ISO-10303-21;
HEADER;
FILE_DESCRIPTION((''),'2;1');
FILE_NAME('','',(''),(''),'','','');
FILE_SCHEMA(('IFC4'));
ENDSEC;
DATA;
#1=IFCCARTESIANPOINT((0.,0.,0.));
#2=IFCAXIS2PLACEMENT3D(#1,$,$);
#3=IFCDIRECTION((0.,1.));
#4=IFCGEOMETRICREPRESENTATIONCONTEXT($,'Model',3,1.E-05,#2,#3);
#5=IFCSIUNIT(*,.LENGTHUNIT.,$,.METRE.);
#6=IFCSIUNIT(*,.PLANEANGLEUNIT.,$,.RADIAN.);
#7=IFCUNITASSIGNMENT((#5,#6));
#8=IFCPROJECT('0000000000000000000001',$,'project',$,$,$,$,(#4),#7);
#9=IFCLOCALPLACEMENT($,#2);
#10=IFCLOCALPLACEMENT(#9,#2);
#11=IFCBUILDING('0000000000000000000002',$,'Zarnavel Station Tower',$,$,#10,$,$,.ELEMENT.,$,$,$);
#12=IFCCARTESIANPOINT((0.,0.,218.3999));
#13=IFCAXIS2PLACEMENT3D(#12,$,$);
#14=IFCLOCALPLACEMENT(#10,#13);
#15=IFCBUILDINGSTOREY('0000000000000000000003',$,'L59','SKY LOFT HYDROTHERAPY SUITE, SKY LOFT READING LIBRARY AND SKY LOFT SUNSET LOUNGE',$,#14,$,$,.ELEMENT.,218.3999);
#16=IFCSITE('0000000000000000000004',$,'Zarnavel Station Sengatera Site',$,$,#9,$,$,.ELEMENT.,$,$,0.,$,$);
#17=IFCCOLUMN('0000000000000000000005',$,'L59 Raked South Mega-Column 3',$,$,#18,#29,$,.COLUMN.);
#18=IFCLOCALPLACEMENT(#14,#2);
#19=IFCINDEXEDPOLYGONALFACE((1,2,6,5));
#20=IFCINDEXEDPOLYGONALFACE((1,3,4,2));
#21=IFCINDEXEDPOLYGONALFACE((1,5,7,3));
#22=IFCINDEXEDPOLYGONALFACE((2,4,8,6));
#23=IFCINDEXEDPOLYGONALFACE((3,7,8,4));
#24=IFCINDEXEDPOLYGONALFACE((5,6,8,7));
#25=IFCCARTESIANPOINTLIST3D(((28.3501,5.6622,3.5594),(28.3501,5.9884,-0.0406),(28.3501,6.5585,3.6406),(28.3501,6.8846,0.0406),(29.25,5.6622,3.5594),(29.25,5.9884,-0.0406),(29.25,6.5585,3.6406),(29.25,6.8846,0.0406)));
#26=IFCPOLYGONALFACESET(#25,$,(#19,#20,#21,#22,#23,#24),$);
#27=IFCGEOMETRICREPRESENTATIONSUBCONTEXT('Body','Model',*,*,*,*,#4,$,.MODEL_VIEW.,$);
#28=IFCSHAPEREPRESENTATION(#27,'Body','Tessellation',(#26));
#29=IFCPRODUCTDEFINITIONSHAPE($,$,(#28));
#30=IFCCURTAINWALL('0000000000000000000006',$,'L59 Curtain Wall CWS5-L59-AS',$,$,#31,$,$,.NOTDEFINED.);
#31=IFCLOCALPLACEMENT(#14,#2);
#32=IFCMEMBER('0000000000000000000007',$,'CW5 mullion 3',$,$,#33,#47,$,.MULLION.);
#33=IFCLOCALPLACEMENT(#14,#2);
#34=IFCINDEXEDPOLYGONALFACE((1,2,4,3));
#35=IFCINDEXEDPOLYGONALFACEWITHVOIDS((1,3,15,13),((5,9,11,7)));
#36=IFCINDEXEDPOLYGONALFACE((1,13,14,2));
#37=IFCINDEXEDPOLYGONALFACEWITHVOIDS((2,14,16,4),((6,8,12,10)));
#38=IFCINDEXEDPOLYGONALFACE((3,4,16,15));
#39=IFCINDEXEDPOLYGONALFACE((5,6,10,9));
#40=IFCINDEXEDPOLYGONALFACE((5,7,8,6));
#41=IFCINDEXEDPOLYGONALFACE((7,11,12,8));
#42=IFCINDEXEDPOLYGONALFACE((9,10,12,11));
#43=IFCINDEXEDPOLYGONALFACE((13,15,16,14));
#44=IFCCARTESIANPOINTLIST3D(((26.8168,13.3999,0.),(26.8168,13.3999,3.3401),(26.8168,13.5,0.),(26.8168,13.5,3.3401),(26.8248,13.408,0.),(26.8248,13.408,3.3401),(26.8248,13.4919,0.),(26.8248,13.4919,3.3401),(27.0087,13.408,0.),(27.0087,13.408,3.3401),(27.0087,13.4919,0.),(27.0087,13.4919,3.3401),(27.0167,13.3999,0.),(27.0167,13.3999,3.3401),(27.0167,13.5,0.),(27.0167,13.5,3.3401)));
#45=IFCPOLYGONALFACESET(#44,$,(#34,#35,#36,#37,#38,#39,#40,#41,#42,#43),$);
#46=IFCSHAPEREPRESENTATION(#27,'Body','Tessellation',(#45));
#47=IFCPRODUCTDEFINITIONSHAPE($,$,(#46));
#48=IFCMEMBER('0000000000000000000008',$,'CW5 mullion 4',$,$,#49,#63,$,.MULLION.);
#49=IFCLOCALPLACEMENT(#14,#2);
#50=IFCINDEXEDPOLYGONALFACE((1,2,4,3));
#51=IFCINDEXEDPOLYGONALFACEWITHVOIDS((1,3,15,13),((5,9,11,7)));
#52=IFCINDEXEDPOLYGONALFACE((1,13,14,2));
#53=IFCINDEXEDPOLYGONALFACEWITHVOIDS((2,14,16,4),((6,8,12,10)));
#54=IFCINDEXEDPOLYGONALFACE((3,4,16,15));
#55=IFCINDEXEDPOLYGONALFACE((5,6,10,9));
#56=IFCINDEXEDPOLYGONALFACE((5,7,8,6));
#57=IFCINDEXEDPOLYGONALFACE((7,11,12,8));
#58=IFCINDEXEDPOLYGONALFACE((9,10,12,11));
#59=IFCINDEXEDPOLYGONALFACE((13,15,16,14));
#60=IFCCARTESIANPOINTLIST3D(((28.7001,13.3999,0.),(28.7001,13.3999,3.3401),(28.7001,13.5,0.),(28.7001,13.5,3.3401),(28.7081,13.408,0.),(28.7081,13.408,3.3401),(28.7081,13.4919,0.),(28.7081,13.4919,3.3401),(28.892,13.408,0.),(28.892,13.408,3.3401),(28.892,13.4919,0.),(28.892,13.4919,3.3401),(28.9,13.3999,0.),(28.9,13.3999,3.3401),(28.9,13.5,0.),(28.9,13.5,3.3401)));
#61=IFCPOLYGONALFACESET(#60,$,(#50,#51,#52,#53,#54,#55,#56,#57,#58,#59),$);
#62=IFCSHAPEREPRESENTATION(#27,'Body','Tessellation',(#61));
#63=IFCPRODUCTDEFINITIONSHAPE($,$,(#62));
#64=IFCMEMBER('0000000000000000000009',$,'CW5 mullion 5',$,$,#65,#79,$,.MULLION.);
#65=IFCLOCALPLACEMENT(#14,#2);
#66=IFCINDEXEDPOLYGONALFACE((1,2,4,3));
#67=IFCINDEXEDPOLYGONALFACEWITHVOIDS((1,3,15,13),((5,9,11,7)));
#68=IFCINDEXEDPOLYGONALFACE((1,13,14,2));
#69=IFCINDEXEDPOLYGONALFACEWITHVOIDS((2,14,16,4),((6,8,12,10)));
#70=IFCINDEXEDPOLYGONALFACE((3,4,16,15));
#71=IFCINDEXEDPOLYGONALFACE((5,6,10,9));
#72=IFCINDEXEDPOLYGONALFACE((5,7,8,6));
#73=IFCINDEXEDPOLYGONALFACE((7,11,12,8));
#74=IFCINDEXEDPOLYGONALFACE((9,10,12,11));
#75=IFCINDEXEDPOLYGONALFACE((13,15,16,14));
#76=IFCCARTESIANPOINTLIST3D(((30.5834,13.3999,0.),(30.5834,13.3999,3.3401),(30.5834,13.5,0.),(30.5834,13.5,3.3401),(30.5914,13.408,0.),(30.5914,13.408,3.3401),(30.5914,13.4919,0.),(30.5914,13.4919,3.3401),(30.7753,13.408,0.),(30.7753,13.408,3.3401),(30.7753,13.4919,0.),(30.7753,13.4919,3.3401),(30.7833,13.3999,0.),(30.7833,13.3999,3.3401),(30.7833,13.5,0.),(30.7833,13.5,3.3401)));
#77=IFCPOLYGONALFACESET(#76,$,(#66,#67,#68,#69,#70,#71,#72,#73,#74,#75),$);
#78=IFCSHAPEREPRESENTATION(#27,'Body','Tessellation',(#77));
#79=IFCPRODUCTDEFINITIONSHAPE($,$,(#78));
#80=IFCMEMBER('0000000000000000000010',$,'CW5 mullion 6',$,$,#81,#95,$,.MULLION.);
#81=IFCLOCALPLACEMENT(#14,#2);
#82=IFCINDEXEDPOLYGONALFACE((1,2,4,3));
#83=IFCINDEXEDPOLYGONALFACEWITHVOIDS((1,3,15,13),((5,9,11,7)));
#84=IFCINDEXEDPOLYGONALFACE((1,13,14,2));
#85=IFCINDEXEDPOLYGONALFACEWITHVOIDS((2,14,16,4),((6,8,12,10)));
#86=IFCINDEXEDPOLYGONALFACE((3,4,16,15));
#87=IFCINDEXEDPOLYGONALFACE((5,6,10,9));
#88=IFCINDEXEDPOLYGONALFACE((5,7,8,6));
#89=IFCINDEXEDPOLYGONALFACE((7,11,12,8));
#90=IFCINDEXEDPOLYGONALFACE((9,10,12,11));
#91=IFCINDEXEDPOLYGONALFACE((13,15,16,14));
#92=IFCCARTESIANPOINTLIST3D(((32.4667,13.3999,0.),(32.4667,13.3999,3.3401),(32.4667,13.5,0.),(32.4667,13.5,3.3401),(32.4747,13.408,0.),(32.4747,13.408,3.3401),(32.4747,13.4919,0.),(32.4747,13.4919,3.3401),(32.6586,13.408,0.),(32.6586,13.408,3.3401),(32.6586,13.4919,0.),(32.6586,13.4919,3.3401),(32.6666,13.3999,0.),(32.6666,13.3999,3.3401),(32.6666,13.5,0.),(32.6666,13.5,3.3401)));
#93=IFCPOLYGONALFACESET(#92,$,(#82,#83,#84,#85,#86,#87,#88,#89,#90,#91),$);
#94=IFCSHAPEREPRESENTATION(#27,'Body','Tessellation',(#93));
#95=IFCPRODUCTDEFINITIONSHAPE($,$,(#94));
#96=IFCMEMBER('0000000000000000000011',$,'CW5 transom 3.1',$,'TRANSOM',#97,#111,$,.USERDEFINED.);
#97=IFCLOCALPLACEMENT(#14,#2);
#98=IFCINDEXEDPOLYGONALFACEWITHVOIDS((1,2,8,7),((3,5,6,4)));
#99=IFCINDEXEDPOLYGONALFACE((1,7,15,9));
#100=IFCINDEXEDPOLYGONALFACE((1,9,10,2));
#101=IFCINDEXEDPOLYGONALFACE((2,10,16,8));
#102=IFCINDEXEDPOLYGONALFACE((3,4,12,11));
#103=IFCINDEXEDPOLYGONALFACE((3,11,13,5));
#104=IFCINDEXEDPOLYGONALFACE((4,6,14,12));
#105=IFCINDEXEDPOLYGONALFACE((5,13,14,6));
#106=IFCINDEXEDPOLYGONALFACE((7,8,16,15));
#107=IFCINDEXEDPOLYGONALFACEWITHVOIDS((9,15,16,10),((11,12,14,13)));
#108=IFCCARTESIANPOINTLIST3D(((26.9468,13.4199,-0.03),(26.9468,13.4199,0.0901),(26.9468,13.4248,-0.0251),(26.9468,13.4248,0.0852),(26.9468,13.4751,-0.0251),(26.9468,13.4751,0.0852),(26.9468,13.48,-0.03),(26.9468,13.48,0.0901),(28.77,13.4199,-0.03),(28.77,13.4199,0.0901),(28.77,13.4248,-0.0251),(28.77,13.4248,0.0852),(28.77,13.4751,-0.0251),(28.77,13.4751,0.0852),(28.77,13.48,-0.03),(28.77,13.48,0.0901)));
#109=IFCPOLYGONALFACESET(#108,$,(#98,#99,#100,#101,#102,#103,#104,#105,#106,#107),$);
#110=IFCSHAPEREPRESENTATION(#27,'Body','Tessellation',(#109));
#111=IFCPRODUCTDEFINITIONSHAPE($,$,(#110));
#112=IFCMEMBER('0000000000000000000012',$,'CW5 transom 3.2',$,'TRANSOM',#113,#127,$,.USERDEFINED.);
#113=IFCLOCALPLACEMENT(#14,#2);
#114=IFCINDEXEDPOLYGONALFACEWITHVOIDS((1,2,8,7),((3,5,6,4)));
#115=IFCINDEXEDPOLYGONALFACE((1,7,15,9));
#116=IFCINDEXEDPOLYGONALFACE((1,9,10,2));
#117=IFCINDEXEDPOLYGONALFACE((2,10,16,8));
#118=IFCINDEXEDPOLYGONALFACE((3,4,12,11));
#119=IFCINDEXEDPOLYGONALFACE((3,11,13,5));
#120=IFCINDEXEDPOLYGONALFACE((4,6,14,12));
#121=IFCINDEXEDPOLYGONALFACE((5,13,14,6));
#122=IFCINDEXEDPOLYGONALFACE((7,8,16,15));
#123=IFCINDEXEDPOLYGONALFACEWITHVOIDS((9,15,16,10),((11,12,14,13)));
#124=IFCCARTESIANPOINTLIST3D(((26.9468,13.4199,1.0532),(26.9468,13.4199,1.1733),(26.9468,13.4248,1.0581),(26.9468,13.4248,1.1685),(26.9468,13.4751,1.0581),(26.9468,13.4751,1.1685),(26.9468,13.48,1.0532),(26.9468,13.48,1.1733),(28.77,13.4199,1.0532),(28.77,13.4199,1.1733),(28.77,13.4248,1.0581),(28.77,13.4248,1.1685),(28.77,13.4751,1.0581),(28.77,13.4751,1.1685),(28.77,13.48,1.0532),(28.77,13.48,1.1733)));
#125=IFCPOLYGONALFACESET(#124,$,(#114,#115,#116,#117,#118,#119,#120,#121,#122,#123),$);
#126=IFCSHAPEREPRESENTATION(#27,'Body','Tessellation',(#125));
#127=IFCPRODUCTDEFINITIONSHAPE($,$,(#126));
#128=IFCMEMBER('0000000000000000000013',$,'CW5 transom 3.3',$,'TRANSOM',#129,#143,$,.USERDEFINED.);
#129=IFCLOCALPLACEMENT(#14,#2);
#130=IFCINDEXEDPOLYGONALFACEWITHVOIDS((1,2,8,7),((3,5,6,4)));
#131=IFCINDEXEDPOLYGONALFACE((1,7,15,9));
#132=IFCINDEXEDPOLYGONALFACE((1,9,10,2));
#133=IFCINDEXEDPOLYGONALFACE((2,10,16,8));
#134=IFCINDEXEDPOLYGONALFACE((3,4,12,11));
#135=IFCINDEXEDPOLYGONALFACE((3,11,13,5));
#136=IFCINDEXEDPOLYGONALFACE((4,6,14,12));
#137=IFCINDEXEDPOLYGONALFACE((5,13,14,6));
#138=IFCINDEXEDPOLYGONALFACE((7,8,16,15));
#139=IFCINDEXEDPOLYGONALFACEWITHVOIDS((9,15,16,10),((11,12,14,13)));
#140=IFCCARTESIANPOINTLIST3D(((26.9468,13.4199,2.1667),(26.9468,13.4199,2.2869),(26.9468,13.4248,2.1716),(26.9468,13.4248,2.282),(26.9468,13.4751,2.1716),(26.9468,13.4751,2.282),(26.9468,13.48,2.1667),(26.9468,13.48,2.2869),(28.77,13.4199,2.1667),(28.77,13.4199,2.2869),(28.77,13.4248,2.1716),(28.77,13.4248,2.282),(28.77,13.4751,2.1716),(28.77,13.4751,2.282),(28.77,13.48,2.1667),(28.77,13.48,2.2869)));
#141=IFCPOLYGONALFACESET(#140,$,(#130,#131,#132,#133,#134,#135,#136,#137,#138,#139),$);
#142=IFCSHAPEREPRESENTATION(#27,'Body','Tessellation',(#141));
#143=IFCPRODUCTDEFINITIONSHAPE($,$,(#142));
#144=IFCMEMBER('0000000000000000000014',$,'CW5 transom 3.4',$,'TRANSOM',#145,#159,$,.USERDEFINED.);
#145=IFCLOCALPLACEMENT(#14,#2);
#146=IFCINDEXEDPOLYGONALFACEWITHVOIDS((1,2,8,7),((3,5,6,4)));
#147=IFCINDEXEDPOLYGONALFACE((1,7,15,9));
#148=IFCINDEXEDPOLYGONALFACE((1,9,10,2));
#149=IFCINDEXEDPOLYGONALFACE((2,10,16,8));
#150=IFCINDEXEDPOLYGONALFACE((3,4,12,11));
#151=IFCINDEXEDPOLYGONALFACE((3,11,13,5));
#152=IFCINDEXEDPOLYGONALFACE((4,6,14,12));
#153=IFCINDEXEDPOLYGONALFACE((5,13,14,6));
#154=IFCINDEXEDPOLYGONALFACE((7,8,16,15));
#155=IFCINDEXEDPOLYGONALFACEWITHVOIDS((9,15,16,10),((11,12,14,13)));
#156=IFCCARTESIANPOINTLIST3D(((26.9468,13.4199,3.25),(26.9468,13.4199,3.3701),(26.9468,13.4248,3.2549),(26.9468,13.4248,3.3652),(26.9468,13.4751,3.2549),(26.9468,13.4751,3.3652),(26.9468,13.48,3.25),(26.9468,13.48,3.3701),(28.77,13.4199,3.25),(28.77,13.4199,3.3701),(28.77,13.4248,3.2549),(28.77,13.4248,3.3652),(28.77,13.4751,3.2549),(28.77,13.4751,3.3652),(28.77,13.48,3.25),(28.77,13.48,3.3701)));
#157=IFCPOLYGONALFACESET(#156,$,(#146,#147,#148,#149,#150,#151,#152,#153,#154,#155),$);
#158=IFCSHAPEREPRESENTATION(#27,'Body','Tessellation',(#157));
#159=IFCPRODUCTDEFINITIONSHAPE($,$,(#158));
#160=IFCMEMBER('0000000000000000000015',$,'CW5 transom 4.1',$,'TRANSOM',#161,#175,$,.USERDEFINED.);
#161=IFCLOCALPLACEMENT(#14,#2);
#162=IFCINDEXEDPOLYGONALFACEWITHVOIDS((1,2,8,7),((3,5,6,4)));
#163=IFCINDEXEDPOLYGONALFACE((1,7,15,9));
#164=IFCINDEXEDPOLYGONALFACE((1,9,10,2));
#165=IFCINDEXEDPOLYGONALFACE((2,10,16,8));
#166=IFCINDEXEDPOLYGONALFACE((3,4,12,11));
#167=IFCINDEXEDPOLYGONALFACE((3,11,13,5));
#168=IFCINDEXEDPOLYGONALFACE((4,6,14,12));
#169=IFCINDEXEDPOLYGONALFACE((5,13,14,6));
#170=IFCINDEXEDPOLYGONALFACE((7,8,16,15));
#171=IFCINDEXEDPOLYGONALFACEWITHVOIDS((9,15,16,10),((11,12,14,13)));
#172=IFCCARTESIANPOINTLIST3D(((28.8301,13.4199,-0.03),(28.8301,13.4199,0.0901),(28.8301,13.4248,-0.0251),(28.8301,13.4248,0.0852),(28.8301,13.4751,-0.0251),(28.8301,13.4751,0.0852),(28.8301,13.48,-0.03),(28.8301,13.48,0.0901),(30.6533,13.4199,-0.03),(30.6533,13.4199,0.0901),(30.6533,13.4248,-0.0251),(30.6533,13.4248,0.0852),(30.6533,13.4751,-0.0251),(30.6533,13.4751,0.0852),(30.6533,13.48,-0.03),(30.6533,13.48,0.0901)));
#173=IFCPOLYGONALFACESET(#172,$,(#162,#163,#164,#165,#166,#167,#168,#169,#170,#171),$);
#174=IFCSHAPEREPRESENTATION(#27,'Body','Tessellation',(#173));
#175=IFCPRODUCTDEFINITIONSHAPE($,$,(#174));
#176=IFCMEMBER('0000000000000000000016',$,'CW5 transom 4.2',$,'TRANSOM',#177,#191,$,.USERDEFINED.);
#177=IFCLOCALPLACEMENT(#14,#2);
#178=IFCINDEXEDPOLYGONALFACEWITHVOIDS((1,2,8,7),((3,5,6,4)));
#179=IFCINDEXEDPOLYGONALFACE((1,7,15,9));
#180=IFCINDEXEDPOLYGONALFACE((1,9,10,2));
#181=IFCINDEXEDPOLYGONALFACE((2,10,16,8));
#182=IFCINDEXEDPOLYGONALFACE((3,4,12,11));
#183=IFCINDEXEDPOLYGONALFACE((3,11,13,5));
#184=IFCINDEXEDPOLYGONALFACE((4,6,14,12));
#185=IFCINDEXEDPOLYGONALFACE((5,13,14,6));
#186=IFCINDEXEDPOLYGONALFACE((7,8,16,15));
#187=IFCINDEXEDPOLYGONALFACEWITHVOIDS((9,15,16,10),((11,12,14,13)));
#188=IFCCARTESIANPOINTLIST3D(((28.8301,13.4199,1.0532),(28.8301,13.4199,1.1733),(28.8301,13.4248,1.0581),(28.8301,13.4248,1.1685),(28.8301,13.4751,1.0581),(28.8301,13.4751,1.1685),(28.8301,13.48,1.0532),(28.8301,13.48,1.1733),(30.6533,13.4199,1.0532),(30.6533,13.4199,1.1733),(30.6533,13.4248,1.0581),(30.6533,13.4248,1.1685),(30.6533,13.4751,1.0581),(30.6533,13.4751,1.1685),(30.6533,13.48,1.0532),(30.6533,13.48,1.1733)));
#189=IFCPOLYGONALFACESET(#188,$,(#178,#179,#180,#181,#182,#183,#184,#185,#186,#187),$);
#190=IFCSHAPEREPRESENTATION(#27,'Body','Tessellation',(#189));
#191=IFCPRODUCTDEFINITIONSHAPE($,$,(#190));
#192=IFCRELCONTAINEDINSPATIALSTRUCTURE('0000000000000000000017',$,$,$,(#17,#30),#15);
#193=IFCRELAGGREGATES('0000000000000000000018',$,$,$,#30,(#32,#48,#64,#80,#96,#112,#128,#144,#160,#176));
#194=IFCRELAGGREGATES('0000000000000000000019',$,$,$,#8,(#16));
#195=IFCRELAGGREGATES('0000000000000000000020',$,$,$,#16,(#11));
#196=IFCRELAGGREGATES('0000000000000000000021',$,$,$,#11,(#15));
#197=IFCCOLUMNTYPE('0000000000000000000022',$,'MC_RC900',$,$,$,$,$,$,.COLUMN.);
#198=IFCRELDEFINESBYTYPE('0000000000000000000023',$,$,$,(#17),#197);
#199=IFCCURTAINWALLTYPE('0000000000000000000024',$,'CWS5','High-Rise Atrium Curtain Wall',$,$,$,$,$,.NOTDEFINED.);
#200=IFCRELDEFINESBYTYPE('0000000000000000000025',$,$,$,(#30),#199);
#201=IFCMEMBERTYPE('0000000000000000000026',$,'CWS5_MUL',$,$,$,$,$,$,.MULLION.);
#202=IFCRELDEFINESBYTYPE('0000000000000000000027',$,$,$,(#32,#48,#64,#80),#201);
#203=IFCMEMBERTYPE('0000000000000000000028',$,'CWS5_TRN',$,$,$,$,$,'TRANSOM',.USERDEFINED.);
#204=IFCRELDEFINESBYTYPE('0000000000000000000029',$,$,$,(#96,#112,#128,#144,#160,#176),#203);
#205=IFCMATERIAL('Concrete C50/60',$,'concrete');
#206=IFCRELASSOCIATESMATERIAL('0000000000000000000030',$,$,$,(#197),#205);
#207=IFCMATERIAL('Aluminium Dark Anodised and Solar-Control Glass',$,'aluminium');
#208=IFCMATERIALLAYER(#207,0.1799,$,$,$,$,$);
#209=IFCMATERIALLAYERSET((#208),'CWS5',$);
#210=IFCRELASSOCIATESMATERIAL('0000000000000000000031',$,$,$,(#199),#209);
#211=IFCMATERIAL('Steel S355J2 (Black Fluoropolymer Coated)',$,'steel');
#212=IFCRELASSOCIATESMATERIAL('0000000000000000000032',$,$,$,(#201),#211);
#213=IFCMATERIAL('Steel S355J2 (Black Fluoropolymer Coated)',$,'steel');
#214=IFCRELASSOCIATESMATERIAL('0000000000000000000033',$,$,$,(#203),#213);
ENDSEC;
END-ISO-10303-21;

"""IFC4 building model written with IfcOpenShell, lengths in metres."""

from ifc_helpers import new_model, si_unit, direction, frame, origin, origin_2d, place, context, subcontext, project, spatial, rectangle, hollow_rectangle, extrude, material, layer, layer_set, material_profile, profile_set, type_object, element, aggregate, save


model = new_model("IFC4")

# Units and contexts
model_context = context("Model", 3, precision=1e-05, world=origin(), true_north=direction((0.0, 1.0)))
body_context = subcontext(model_context, "Body", "Model", "MODEL_VIEW")
ifc_project = project(units=[si_unit("LENGTHUNIT", "METRE"), si_unit("PLANEANGLEUNIT", "RADIAN")], contexts=[model_context])

# Site, building, storey
site_placement = place(None, origin())
site = spatial("IfcSite", under=ifc_project, at=site_placement, Name="Zarnavel Station Sengatera Site", CompositionType="ELEMENT", RefElevation=0.0)
building_placement = place(site_placement, origin())
building = spatial("IfcBuilding", under=site, at=building_placement, Name="Zarnavel Station Tower", CompositionType="ELEMENT")
storey_placement = place(building_placement, frame((0.0, 0.0, 218.3999)))
storey = spatial("IfcBuildingStorey", under=building, at=storey_placement, Name="L59", Description="SKY LOFT HYDROTHERAPY SUITE, SKY LOFT READING LIBRARY AND SKY LOFT SUNSET LOUNGE", CompositionType="ELEMENT", Elevation=218.3999)

# Column
ifc_material_1 = material(Name="Concrete C50/60", Category="concrete")
ifc_material_profile_1 = material_profile(ifc_material_1, rectangle(XDim=0.8999, YDim=0.8999, at=origin_2d()), Name="RC900x900")
ifc_profile_set_1 = profile_set([ifc_material_profile_1], Name="Concrete C50/60")
column_type = type_object("IfcColumnType", Name="MC_RC900", PredefinedType="COLUMN", material=ifc_profile_set_1)
column_placement = place(storey_placement, frame((28.8, 6.4365, 0.0), z_axis=(0.0, -0.090231, 0.995921), x_axis=(1.0, 0.0, 0.0)))
element("IfcColumn", 1, at=column_placement, inside=storey, type_object=column_type, Name="L59 Raked South Mega-Column 3", PredefinedType="COLUMN", context=body_context, shape_type="SweptSolid", body=[
    extrude(rectangle(XDim=0.8999, YDim=0.8999, at=origin_2d()), origin(), (0.0, 0.0, 1.0), 3.6147),
])

# Curtain wall, members
ifc_material_2 = material(Name="Aluminium Dark Anodised and Solar-Control Glass", Category="aluminium")
ifc_layer_1 = layer(ifc_material_2, 0.1799)
ifc_layer_set_1 = layer_set([ifc_layer_1], Name="CWS5")
curtain_wall_type = type_object("IfcCurtainWallType", Name="CWS5", Description="High-Rise Atrium Curtain Wall", PredefinedType="NOTDEFINED", material=ifc_layer_set_1)
curtain_wall_placement = place(storey_placement, origin())
curtain_wall = element("IfcCurtainWall", 2, at=curtain_wall_placement, inside=storey, type_object=curtain_wall_type, Name="L59 Curtain Wall CWS5-L59-AS", PredefinedType="NOTDEFINED")
ifc_material_3 = material(Name="Steel S355J2 (Black Fluoropolymer Coated)", Category="steel")
ifc_material_profile_2 = material_profile(ifc_material_3, hollow_rectangle(XDim=0.1001, YDim=0.2, WallThickness=0.0081, at=origin_2d()), Name="RHS200x100x8")
ifc_profile_set_2 = profile_set([ifc_material_profile_2], Name="Steel S355J2 (Black Fluoropolymer Coated)")
member_type_1 = type_object("IfcMemberType", Name="CWS5_MUL", PredefinedType="MULLION", material=ifc_profile_set_2)
member_1_placement = place(storey_placement, frame((26.9167, 13.45, 0.0), z_axis=(0.0, 0.0, 1.0), x_axis=(0.0, 1.0, 0.0)))
member_1 = element("IfcMember", 3, at=member_1_placement, type_object=member_type_1, Name="CW5 mullion 3", PredefinedType="MULLION", context=body_context, shape_type="SweptSolid", body=[
    extrude(hollow_rectangle(XDim=0.1001, YDim=0.2, WallThickness=0.0081, at=origin_2d()), origin(), (0.0, 0.0, 1.0), 3.3401),
])
member_2_placement = place(storey_placement, frame((28.8, 13.45, 0.0), z_axis=(0.0, 0.0, 1.0), x_axis=(0.0, 1.0, 0.0)))
member_2 = element("IfcMember", 4, at=member_2_placement, type_object=member_type_1, Name="CW5 mullion 4", PredefinedType="MULLION", context=body_context, shape_type="SweptSolid", body=[
    extrude(hollow_rectangle(XDim=0.1001, YDim=0.2, WallThickness=0.0081, at=origin_2d()), origin(), (0.0, 0.0, 1.0), 3.3401),
])
member_3_placement = place(storey_placement, frame((30.6833, 13.45, 0.0), z_axis=(0.0, 0.0, 1.0), x_axis=(0.0, 1.0, 0.0)))
member_3 = element("IfcMember", 5, at=member_3_placement, type_object=member_type_1, Name="CW5 mullion 5", PredefinedType="MULLION", context=body_context, shape_type="SweptSolid", body=[
    extrude(hollow_rectangle(XDim=0.1001, YDim=0.2, WallThickness=0.0081, at=origin_2d()), origin(), (0.0, 0.0, 1.0), 3.3401),
])
member_4_placement = place(storey_placement, frame((32.5667, 13.45, 0.0), z_axis=(0.0, 0.0, 1.0), x_axis=(0.0, 1.0, 0.0)))
member_4 = element("IfcMember", 6, at=member_4_placement, type_object=member_type_1, Name="CW5 mullion 6", PredefinedType="MULLION", context=body_context, shape_type="SweptSolid", body=[
    extrude(hollow_rectangle(XDim=0.1001, YDim=0.2, WallThickness=0.0081, at=origin_2d()), origin(), (0.0, 0.0, 1.0), 3.3401),
])
ifc_material_4 = material(Name="Steel S355J2 (Black Fluoropolymer Coated)", Category="steel")
ifc_material_profile_3 = material_profile(ifc_material_4, hollow_rectangle(XDim=0.0601, YDim=0.1201, WallThickness=0.0049, at=origin_2d()), Name="RHS120x60x5")
ifc_profile_set_3 = profile_set([ifc_material_profile_3], Name="Steel S355J2 (Black Fluoropolymer Coated)")
member_type_2 = type_object("IfcMemberType", Name="CWS5_TRN", ElementType="TRANSOM", PredefinedType="USERDEFINED", material=ifc_profile_set_3)
member_5_placement = place(storey_placement, frame((26.9468, 13.45, 0.03), z_axis=(1.0, 0.0, 0.0), x_axis=(0.0, 1.0, 0.0)))
member_5 = element("IfcMember", 7, at=member_5_placement, type_object=member_type_2, Name="CW5 transom 3.1", ObjectType="TRANSOM", PredefinedType="USERDEFINED", context=body_context, shape_type="SweptSolid", body=[
    extrude(hollow_rectangle(XDim=0.0601, YDim=0.1201, WallThickness=0.0049, at=origin_2d()), origin(), (0.0, 0.0, 1.0), 1.8232),
])
member_6_placement = place(storey_placement, frame((26.9468, 13.45, 1.1133), z_axis=(1.0, 0.0, 0.0), x_axis=(0.0, 1.0, 0.0)))
member_6 = element("IfcMember", 8, at=member_6_placement, type_object=member_type_2, Name="CW5 transom 3.2", ObjectType="TRANSOM", PredefinedType="USERDEFINED", context=body_context, shape_type="SweptSolid", body=[
    extrude(hollow_rectangle(XDim=0.0601, YDim=0.1201, WallThickness=0.0049, at=origin_2d()), origin(), (0.0, 0.0, 1.0), 1.8232),
])
member_7_placement = place(storey_placement, frame((26.9468, 13.45, 2.2268), z_axis=(1.0, 0.0, 0.0), x_axis=(0.0, 1.0, 0.0)))
member_7 = element("IfcMember", 9, at=member_7_placement, type_object=member_type_2, Name="CW5 transom 3.3", ObjectType="TRANSOM", PredefinedType="USERDEFINED", context=body_context, shape_type="SweptSolid", body=[
    extrude(hollow_rectangle(XDim=0.0601, YDim=0.1201, WallThickness=0.0049, at=origin_2d()), origin(), (0.0, 0.0, 1.0), 1.8232),
])
member_8_placement = place(storey_placement, frame((26.9468, 13.45, 3.3101), z_axis=(1.0, 0.0, 0.0), x_axis=(0.0, 1.0, 0.0)))
member_8 = element("IfcMember", 10, at=member_8_placement, type_object=member_type_2, Name="CW5 transom 3.4", ObjectType="TRANSOM", PredefinedType="USERDEFINED", context=body_context, shape_type="SweptSolid", body=[
    extrude(hollow_rectangle(XDim=0.0601, YDim=0.1201, WallThickness=0.0049, at=origin_2d()), origin(), (0.0, 0.0, 1.0), 1.8232),
])
member_9_placement = place(storey_placement, frame((28.8301, 13.45, 0.03), z_axis=(1.0, 0.0, 0.0), x_axis=(0.0, 1.0, 0.0)))
member_9 = element("IfcMember", 11, at=member_9_placement, type_object=member_type_2, Name="CW5 transom 4.1", ObjectType="TRANSOM", PredefinedType="USERDEFINED", context=body_context, shape_type="SweptSolid", body=[
    extrude(hollow_rectangle(XDim=0.0601, YDim=0.1201, WallThickness=0.0049, at=origin_2d()), origin(), (0.0, 0.0, 1.0), 1.8232),
])
member_10_placement = place(storey_placement, frame((28.8301, 13.45, 1.1133), z_axis=(1.0, 0.0, 0.0), x_axis=(0.0, 1.0, 0.0)))
member_10 = element("IfcMember", 12, at=member_10_placement, type_object=member_type_2, Name="CW5 transom 4.2", ObjectType="TRANSOM", PredefinedType="USERDEFINED", context=body_context, shape_type="SweptSolid", body=[
    extrude(hollow_rectangle(XDim=0.0601, YDim=0.1201, WallThickness=0.0049, at=origin_2d()), origin(), (0.0, 0.0, 1.0), 1.8232),
])

aggregate(curtain_wall, [member_1, member_2, member_3, member_4, member_5, member_6, member_7, member_8, member_9, member_10])

save(model, "model.ifc")
